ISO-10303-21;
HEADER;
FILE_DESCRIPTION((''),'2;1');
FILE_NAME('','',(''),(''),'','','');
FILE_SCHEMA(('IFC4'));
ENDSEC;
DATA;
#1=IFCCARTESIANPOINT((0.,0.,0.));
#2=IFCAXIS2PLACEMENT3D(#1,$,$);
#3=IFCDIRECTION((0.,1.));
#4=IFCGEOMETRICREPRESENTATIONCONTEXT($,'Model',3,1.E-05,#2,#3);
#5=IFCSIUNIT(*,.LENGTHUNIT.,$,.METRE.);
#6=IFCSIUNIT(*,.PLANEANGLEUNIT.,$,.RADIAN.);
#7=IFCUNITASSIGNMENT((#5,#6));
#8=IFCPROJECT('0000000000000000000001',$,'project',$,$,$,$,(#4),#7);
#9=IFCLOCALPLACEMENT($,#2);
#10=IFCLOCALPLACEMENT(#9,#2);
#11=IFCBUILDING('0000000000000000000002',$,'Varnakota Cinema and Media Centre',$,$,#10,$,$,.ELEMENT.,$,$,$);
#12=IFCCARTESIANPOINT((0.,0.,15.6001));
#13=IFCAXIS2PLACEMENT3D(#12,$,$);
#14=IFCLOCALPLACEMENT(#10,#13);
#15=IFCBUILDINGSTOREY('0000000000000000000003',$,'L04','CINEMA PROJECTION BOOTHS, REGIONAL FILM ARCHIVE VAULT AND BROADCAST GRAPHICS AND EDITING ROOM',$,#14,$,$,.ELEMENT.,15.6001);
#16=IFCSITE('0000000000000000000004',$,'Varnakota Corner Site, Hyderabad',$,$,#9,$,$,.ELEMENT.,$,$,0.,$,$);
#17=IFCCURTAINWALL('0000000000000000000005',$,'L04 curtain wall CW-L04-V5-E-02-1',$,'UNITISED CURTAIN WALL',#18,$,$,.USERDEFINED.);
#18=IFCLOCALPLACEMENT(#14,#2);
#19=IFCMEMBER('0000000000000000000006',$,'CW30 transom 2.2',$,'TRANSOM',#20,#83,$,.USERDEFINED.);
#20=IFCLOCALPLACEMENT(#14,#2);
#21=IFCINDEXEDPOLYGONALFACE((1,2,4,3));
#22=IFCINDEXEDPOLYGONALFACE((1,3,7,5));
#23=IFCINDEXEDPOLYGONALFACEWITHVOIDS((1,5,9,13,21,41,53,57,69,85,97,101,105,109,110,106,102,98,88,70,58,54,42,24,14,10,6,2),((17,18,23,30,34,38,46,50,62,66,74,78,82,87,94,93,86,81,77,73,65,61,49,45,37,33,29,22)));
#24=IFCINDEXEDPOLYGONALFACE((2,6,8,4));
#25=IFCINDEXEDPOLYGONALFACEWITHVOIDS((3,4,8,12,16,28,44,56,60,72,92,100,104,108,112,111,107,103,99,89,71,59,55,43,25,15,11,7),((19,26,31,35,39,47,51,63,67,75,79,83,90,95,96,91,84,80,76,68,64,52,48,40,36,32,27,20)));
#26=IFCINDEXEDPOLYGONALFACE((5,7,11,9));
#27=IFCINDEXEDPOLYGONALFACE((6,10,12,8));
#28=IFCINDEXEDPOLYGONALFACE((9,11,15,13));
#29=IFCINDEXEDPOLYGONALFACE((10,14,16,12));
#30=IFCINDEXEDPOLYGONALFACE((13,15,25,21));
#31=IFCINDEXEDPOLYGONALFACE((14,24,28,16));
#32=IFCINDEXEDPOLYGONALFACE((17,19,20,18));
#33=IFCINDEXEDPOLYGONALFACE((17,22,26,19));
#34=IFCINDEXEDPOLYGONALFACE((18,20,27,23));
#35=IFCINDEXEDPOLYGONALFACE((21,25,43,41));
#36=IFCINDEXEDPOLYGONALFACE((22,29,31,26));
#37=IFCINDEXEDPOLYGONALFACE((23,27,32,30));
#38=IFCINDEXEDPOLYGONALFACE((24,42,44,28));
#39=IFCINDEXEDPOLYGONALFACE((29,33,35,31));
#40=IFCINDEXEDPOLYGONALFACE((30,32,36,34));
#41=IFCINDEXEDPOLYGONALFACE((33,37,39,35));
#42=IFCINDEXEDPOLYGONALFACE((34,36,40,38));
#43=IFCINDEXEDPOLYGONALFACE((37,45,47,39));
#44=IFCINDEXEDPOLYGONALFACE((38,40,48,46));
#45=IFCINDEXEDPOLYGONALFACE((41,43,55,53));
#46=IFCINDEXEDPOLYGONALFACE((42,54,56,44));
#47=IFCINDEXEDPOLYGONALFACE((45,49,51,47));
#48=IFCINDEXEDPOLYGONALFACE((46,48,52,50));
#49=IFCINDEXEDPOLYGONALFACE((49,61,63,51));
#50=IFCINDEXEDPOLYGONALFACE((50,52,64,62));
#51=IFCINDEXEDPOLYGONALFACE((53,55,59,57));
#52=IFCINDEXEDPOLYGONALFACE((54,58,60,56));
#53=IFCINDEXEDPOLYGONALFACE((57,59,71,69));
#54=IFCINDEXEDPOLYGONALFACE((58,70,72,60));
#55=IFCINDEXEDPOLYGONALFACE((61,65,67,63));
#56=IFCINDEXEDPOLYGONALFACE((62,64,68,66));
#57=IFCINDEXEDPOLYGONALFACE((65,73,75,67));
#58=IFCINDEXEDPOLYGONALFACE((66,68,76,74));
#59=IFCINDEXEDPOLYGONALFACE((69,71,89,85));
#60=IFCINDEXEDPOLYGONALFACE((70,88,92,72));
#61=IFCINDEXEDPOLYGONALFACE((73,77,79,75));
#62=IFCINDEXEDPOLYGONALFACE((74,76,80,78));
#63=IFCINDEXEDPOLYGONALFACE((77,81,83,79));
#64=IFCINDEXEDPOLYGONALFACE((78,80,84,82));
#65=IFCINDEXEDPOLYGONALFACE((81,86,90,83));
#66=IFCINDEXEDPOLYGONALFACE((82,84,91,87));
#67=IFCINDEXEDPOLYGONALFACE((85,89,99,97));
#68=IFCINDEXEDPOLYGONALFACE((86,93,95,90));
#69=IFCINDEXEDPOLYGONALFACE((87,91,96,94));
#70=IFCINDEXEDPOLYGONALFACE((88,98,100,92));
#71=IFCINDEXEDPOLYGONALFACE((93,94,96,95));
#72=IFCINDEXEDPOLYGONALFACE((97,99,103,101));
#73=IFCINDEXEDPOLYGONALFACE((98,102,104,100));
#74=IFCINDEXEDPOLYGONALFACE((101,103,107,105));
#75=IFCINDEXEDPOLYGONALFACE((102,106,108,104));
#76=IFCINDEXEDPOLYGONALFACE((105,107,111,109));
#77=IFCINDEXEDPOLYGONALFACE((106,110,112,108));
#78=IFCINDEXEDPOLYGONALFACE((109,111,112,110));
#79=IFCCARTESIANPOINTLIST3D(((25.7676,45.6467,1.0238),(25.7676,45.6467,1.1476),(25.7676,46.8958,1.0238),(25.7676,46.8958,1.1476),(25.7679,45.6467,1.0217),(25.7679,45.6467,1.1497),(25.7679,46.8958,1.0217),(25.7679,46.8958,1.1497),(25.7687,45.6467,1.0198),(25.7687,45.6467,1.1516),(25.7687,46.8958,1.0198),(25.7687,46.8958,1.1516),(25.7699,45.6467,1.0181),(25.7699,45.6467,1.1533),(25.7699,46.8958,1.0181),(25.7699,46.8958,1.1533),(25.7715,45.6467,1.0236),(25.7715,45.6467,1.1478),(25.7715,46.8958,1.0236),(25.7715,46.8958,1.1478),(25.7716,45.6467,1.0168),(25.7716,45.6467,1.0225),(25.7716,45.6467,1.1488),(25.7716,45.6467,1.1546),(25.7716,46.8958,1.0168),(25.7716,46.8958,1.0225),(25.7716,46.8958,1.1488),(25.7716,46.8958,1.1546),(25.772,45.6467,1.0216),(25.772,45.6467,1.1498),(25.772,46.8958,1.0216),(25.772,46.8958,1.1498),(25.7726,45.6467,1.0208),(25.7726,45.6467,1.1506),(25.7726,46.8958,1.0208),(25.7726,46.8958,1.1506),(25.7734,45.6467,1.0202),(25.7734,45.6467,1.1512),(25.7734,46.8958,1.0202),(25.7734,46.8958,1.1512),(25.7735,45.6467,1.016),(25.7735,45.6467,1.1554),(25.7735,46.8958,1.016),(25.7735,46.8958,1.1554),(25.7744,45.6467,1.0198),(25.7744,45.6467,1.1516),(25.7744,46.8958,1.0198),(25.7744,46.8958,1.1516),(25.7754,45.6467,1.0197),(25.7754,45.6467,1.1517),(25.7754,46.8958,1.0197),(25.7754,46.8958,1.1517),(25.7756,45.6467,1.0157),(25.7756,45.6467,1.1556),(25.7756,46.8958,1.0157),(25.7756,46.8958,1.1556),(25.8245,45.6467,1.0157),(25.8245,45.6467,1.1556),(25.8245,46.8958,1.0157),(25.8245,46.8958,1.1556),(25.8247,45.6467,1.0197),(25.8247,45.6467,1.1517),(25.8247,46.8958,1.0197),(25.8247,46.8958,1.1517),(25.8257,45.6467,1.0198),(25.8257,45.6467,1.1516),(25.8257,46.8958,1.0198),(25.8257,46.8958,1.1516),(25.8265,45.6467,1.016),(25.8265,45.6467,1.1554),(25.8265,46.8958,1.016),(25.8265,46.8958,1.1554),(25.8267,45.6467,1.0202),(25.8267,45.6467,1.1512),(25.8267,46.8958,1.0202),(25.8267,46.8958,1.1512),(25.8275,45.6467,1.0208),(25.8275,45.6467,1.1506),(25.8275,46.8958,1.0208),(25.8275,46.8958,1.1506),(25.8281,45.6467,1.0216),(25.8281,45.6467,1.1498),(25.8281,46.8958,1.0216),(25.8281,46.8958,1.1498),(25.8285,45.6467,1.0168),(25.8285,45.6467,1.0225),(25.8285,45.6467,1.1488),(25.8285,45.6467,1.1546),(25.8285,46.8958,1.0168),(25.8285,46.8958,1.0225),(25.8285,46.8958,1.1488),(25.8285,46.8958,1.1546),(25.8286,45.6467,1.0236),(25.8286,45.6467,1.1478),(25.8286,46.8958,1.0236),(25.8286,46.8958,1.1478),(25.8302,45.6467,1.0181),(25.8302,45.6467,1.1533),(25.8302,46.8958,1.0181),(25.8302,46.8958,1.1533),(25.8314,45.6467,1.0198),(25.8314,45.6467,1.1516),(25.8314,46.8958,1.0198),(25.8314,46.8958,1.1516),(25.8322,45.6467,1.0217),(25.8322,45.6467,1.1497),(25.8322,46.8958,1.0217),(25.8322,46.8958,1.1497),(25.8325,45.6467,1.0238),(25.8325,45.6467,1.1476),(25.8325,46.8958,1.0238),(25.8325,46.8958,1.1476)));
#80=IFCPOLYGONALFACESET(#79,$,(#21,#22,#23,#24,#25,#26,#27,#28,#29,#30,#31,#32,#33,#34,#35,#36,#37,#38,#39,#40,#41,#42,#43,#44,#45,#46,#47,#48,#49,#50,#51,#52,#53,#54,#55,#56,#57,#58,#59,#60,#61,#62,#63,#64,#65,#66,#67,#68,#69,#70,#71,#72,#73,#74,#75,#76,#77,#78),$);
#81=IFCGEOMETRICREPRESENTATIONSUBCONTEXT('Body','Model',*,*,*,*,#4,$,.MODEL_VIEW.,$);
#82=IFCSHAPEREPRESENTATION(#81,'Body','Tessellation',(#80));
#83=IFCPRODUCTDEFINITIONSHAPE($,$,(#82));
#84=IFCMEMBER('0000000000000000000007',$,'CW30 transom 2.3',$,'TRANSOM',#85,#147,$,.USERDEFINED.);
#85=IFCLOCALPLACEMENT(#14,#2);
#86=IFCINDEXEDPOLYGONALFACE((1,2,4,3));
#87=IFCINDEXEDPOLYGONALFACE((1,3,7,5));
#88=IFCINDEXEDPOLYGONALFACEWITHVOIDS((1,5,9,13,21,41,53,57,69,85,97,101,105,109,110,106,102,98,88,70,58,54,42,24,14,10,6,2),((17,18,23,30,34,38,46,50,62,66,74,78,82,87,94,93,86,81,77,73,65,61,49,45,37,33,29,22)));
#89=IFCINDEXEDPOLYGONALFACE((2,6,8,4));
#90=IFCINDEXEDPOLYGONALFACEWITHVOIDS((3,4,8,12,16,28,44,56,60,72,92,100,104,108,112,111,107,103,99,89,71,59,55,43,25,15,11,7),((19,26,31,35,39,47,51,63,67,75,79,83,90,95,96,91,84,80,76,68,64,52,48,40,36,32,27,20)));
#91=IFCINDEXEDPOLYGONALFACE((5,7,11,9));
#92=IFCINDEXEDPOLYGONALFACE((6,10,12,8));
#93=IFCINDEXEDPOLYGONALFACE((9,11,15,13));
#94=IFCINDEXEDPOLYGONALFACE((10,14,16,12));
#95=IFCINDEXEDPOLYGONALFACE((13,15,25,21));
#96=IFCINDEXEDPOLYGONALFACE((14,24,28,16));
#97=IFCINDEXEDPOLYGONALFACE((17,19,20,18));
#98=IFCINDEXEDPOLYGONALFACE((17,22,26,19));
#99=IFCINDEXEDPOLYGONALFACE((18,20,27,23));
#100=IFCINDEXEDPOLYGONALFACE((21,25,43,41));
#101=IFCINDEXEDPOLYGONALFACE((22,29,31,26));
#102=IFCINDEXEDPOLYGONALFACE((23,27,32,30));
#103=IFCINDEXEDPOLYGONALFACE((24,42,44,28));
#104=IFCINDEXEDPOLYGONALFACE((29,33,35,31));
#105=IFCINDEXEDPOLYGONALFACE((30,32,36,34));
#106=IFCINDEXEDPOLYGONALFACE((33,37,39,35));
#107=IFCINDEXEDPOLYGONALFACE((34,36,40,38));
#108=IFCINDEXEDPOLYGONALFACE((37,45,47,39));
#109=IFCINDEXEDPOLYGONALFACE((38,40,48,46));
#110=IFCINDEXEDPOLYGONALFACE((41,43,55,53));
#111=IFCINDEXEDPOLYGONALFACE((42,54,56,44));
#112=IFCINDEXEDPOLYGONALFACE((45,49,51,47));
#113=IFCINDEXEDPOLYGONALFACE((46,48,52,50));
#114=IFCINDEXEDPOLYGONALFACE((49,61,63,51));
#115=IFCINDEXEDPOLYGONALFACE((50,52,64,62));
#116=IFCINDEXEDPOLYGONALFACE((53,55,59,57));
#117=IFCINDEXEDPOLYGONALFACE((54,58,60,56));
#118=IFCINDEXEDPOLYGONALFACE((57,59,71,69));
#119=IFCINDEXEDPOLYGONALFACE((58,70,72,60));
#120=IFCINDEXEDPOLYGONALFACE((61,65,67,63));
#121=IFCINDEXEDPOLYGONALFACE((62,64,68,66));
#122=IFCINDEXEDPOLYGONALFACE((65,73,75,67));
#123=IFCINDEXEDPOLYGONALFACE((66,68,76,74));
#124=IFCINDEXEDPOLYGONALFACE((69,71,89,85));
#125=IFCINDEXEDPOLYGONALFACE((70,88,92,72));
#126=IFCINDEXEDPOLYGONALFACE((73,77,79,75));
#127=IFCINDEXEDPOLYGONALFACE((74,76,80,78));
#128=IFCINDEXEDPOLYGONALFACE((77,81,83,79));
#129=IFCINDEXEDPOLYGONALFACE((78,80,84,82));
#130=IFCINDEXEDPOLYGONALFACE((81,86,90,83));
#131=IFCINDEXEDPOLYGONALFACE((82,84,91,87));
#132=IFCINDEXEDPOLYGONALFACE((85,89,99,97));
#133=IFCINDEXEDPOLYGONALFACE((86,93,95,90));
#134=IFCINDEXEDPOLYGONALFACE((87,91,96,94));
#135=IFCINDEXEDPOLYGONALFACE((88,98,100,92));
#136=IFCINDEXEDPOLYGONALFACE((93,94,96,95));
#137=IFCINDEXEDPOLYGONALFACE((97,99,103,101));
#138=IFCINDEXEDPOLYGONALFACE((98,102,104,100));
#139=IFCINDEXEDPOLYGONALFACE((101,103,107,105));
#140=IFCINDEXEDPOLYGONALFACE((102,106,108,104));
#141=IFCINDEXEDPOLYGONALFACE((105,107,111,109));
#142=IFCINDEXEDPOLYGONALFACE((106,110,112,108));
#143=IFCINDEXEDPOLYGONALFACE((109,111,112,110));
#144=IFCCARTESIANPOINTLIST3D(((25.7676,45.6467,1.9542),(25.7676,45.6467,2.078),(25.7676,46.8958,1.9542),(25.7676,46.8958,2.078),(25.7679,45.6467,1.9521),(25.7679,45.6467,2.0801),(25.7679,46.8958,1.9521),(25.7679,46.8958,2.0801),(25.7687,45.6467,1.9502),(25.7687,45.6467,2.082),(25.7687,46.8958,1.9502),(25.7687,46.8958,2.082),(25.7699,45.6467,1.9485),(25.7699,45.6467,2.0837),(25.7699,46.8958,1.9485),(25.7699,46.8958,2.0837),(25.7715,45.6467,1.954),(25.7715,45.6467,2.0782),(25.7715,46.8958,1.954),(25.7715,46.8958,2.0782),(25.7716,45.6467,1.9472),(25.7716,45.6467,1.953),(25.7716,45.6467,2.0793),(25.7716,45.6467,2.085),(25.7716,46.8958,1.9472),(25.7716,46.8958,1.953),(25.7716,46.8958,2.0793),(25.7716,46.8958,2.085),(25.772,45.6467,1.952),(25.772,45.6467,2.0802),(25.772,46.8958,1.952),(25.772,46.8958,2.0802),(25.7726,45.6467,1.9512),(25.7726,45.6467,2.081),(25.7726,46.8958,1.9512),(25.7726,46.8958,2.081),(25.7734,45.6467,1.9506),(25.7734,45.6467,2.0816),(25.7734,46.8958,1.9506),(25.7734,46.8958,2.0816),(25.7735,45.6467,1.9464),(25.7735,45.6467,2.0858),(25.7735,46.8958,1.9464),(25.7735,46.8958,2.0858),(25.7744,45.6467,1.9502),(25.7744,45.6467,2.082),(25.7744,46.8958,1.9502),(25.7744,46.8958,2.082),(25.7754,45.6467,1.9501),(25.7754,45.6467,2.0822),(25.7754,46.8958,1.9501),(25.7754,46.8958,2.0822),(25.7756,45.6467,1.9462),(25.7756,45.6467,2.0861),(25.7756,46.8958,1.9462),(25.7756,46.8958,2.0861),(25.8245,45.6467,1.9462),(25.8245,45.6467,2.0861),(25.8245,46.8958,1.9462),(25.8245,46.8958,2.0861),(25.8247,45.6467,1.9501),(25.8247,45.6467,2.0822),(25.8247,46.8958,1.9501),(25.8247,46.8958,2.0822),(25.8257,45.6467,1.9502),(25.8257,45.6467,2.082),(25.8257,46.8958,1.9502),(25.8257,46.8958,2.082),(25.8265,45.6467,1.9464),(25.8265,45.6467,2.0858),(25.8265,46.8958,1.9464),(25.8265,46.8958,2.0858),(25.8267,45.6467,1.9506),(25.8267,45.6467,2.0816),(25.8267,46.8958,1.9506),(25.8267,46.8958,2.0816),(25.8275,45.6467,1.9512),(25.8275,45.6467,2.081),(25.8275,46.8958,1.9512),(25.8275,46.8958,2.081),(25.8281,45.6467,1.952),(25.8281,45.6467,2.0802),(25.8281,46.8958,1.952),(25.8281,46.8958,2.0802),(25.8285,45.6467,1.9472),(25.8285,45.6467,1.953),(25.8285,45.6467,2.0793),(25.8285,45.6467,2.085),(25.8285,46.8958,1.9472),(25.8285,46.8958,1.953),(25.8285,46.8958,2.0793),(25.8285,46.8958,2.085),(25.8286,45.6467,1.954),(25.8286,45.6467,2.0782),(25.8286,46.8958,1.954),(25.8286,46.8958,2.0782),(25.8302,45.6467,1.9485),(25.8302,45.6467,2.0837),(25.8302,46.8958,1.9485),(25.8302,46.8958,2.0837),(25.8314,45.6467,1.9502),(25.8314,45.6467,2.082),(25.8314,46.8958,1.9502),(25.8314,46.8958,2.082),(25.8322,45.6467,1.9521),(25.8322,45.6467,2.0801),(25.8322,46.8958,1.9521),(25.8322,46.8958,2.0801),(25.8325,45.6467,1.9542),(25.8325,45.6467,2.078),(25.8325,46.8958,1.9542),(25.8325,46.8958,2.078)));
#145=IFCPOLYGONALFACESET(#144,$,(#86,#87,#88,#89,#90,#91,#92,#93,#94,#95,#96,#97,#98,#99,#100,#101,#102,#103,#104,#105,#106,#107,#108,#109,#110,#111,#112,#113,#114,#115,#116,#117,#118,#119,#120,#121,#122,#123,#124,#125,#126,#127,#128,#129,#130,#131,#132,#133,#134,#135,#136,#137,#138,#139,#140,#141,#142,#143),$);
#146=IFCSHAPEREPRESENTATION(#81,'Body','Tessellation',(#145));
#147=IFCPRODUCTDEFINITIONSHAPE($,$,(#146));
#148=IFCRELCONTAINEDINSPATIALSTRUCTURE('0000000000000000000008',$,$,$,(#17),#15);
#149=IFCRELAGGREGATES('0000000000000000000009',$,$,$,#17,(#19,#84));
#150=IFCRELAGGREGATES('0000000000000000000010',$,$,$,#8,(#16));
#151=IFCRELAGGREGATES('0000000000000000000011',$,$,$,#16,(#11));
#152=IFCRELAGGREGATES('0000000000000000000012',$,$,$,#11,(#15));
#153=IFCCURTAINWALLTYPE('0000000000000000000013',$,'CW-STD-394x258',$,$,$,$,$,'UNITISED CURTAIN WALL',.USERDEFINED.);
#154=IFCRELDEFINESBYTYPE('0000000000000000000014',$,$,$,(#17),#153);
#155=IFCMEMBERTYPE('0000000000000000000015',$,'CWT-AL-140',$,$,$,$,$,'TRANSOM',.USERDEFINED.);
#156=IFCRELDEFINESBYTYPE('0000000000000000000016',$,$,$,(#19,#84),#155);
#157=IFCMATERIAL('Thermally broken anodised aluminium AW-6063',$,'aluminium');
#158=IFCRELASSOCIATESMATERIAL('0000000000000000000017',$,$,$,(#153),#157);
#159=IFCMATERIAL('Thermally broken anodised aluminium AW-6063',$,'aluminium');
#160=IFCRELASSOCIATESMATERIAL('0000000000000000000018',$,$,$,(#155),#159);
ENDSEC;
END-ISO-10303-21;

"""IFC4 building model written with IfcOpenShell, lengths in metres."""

from ifc_helpers import new_model, si_unit, direction, frame, origin, origin_2d, place, context, subcontext, project, spatial, hollow_rectangle, extrude, material, material_profile, profile_set, type_object, element, aggregate, save


model = new_model("IFC4")

# Units and contexts
model_context = context("Model", 3, precision=1e-05, world=origin(), true_north=direction((0.0, 1.0)))
body_context = subcontext(model_context, "Body", "Model", "MODEL_VIEW")
ifc_project = project(units=[si_unit("LENGTHUNIT", "METRE"), si_unit("PLANEANGLEUNIT", "RADIAN")], contexts=[model_context])

# Site, building, storey
site_placement = place(None, origin())
site = spatial("IfcSite", under=ifc_project, at=site_placement, Name="Varnakota Corner Site, Hyderabad", CompositionType="ELEMENT", RefElevation=0.0)
building_placement = place(site_placement, origin())
building = spatial("IfcBuilding", under=site, at=building_placement, Name="Varnakota Cinema and Media Centre", CompositionType="ELEMENT")
storey_placement = place(building_placement, frame((0.0, 0.0, 15.6001)))
storey = spatial("IfcBuildingStorey", under=building, at=storey_placement, Name="L04", Description="CINEMA PROJECTION BOOTHS, REGIONAL FILM ARCHIVE VAULT AND BROADCAST GRAPHICS AND EDITING ROOM", CompositionType="ELEMENT", Elevation=15.6001)

# Curtain wall, members
ifc_material_1 = material(Name="Thermally broken anodised aluminium AW-6063", Category="aluminium")
curtain_wall_type = type_object("IfcCurtainWallType", Name="CW-STD-394x258", ElementType="UNITISED CURTAIN WALL", PredefinedType="USERDEFINED", material=ifc_material_1)
curtain_wall_placement = place(storey_placement, origin())
curtain_wall = element("IfcCurtainWall", 1, at=curtain_wall_placement, inside=storey, type_object=curtain_wall_type, Name="L04 curtain wall CW-L04-V5-E-02-1", ObjectType="UNITISED CURTAIN WALL", PredefinedType="USERDEFINED")
ifc_material_2 = material(Name="Thermally broken anodised aluminium AW-6063", Category="aluminium")
ifc_material_profile_1 = material_profile(ifc_material_2, hollow_rectangle(XDim=0.0649, YDim=0.1399, WallThickness=0.0039, InnerFilletRadius=0.0039, OuterFilletRadius=0.0081, at=origin_2d()), Name="AL-TRANSOM 140x65x4")
ifc_profile_set_1 = profile_set([ifc_material_profile_1], Name="Thermally broken anodised aluminium AW-6063")
member_type_1 = type_object("IfcMemberType", Name="CWT-AL-140", ElementType="TRANSOM", PredefinedType="USERDEFINED", material=ifc_profile_set_1)
member_1_placement = place(storey_placement, frame((25.8, 45.6467, 1.0857), z_axis=(0.0, 1.0, 0.0), x_axis=(-1.0, 0.0, 0.0)))
member_1 = element("IfcMember", 2, at=member_1_placement, type_object=member_type_1, Name="CW30 transom 2.2", ObjectType="TRANSOM", PredefinedType="USERDEFINED", context=body_context, shape_type="SweptSolid", body=[
    extrude(hollow_rectangle(XDim=0.0649, YDim=0.1399, WallThickness=0.0039, InnerFilletRadius=0.0039, OuterFilletRadius=0.0081, at=origin_2d()), origin(), (0.0, 0.0, 1.0), 1.249),
])
member_2_placement = place(storey_placement, frame((25.8, 45.6467, 2.0161), z_axis=(0.0, 1.0, 0.0), x_axis=(-1.0, 0.0, 0.0)))
member_2 = element("IfcMember", 3, at=member_2_placement, type_object=member_type_1, Name="CW30 transom 2.3", ObjectType="TRANSOM", PredefinedType="USERDEFINED", context=body_context, shape_type="SweptSolid", body=[
    extrude(hollow_rectangle(XDim=0.0649, YDim=0.1399, WallThickness=0.0039, InnerFilletRadius=0.0039, OuterFilletRadius=0.0081, at=origin_2d()), origin(), (0.0, 0.0, 1.0), 1.249),
])
aggregate(curtain_wall, [member_1, member_2])

save(model, "model.ifc")
